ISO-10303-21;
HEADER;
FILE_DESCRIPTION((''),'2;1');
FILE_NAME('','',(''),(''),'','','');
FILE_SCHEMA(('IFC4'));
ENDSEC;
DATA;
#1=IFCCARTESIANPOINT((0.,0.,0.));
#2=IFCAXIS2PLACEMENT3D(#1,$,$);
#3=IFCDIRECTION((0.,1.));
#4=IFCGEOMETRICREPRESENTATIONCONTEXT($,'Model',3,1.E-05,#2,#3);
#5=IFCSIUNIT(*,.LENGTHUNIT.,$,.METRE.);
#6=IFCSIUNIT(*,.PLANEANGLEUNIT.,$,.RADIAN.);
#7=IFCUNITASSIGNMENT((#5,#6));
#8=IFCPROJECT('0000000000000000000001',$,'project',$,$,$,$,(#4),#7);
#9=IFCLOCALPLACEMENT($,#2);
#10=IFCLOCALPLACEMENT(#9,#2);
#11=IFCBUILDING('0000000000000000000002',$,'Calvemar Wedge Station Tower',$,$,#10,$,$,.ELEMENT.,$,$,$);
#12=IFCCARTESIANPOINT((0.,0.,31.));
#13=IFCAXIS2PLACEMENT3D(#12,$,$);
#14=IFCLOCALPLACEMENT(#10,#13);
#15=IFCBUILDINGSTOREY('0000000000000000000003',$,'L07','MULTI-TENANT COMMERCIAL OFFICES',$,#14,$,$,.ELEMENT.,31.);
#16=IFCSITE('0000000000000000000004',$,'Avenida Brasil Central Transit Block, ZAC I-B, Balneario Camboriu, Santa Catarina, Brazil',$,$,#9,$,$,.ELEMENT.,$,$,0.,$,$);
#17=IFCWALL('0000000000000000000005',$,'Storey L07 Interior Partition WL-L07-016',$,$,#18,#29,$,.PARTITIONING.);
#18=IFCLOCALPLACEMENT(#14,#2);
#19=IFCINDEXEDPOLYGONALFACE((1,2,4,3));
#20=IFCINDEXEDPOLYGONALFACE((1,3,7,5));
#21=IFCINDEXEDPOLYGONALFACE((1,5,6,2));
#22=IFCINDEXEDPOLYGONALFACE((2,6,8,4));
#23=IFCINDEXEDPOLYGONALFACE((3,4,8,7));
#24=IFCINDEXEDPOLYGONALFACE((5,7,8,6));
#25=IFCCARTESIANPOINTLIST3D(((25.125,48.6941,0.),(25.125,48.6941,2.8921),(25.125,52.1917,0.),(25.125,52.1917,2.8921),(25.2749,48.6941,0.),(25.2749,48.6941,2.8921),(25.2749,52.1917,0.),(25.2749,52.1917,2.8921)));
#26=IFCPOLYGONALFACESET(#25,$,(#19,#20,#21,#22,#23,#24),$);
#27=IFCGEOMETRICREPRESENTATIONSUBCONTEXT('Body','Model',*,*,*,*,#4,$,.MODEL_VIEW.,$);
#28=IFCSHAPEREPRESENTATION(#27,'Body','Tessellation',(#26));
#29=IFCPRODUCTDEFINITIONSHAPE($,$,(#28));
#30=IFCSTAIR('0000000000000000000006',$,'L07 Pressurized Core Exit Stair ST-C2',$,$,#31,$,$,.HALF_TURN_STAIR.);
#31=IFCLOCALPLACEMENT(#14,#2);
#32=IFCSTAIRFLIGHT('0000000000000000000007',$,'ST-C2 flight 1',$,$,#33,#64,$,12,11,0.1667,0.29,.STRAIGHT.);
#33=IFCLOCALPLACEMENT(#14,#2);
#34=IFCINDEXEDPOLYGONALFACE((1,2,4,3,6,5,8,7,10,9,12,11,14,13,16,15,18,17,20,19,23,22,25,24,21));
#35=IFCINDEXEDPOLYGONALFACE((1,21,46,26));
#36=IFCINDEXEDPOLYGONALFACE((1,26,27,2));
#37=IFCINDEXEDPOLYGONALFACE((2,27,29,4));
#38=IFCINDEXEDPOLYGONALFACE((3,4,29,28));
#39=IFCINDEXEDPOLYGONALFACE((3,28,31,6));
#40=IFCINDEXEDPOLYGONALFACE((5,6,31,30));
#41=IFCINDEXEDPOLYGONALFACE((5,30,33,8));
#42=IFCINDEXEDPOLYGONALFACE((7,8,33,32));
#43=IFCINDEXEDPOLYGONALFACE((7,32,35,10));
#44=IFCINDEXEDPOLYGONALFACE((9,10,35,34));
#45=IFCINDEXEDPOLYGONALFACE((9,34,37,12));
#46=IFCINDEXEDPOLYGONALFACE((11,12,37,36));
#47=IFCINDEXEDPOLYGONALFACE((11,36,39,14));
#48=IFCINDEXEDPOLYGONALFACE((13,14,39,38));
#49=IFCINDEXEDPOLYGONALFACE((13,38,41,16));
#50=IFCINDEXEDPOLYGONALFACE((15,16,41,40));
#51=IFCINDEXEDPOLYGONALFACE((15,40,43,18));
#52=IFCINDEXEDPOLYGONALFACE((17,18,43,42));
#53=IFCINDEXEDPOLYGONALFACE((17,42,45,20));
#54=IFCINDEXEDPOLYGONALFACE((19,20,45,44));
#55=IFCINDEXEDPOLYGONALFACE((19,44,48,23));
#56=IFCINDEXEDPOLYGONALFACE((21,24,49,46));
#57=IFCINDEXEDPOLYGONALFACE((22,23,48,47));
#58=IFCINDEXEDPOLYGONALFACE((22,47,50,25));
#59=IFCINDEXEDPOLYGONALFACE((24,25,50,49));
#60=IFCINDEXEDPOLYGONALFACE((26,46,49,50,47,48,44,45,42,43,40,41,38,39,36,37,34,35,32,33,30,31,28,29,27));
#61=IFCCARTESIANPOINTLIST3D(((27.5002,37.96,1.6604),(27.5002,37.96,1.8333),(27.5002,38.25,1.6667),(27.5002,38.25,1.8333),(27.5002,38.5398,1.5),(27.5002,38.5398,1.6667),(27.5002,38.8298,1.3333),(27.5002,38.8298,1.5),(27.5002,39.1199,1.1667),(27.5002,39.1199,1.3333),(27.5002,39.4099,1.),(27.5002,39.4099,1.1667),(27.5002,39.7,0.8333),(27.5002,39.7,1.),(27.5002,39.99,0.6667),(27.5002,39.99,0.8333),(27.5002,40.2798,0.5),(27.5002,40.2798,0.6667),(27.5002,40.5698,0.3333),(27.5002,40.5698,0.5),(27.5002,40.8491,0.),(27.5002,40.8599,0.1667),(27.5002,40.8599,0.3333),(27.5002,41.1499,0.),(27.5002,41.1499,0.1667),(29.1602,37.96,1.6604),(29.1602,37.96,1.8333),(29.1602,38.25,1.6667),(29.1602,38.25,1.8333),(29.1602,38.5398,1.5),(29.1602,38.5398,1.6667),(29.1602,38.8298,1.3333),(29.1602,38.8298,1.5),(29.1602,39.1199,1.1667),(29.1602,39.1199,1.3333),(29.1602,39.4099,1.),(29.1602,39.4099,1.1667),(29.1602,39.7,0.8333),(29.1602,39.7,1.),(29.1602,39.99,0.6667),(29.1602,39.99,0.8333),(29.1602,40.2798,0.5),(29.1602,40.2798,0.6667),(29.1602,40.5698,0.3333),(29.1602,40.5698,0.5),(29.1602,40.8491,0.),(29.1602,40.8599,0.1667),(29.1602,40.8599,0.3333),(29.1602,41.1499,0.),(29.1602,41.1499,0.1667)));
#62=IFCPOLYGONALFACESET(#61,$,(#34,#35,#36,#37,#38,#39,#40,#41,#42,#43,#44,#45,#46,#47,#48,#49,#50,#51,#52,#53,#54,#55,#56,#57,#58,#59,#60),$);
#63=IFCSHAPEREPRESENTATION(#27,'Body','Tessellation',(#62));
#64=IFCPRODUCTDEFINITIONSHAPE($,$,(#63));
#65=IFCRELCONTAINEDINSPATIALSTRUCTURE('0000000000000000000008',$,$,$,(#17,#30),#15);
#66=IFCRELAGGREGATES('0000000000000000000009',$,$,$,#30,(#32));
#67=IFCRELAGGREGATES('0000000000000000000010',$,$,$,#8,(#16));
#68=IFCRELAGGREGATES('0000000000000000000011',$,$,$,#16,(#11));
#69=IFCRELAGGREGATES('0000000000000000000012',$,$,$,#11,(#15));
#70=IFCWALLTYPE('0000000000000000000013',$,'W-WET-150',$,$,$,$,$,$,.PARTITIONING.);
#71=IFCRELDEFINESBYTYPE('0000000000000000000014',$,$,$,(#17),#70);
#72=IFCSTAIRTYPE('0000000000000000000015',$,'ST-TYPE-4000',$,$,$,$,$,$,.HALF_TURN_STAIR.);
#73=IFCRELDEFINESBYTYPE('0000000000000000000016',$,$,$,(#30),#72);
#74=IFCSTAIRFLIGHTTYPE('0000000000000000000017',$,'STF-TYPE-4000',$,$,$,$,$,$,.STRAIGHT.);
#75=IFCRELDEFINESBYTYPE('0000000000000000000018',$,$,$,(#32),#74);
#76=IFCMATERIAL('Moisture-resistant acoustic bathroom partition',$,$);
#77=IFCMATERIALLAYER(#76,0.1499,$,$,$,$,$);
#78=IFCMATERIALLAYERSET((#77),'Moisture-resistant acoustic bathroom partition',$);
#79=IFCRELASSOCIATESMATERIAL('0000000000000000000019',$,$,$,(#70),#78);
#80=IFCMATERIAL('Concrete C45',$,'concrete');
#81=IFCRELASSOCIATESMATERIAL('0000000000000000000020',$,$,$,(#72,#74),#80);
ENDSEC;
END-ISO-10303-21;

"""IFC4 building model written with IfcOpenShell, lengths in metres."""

from ifc_helpers import new_model, si_unit, direction, frame, frame_2d, origin, place, context, subcontext, project, spatial, polyline, rectangle, outline, extrude, material, layer, layer_set, type_object, element, aggregate, save


model = new_model("IFC4")

# Units and contexts
model_context = context("Model", 3, precision=1e-05, world=origin(), true_north=direction((0.0, 1.0)))
body_context = subcontext(model_context, "Body", "Model", "MODEL_VIEW")
ifc_project = project(units=[si_unit("LENGTHUNIT", "METRE"), si_unit("PLANEANGLEUNIT", "RADIAN")], contexts=[model_context])

# Site, building, storey
site_placement = place(None, origin())
site = spatial("IfcSite", under=ifc_project, at=site_placement, Name="Avenida Brasil Central Transit Block, ZAC I-B, Balneario Camboriu, Santa Catarina, Brazil", CompositionType="ELEMENT", RefElevation=0.0)
building_placement = place(site_placement, origin())
building = spatial("IfcBuilding", under=site, at=building_placement, Name="Calvemar Wedge Station Tower", CompositionType="ELEMENT")
storey_placement = place(building_placement, frame((0.0, 0.0, 31.0)))
storey = spatial("IfcBuildingStorey", under=building, at=storey_placement, Name="L07", Description="MULTI-TENANT COMMERCIAL OFFICES", CompositionType="ELEMENT", Elevation=31.0)

# Wall
ifc_material_1 = material(Name="Moisture-resistant acoustic bathroom partition")
ifc_layer_1 = layer(ifc_material_1, 0.1499)
ifc_layer_set_1 = layer_set([ifc_layer_1], Name="Moisture-resistant acoustic bathroom partition")
wall_type_1 = type_object("IfcWallType", Name="W-WET-150", PredefinedType="PARTITIONING", material=ifc_layer_set_1)
wall_1_placement = place(storey_placement, frame((25.2, 52.1917, 0.0), z_axis=(0.0, 0.0, 1.0), x_axis=(0.0, -1.0, 0.0)))
element("IfcWall", 1, at=wall_1_placement, inside=storey, type_object=wall_type_1, Name="Storey L07 Interior Partition WL-L07-016", PredefinedType="PARTITIONING", context=body_context, shape_type="SweptSolid", body=[
    extrude(rectangle(XDim=3.4976, YDim=0.1499, at=frame_2d((1.7488, 0.0))), origin(), (0.0, 0.0, 1.0), 2.8921),
])

# Stair, stair flight
ifc_material_2 = material(Name="Concrete C45", Category="concrete")
stair_type = type_object("IfcStairType", Name="ST-TYPE-4000", PredefinedType="HALF_TURN_STAIR", material=ifc_material_2)
stair_placement = place(storey_placement, origin())
stair = element("IfcStair", 2, at=stair_placement, inside=storey, type_object=stair_type, Name="L07 Pressurized Core Exit Stair ST-C2", PredefinedType="HALF_TURN_STAIR")
stair_flight_type = type_object("IfcStairFlightType", Name="STF-TYPE-4000", PredefinedType="STRAIGHT", material=ifc_material_2)
stair_flight_placement = place(storey_placement, frame((28.3301, 41.1499, 0.0), z_axis=(0.0, 0.0, 1.0), x_axis=(0.0, -1.0, 0.0)))
stair_flight = element("IfcStairFlight", 3, at=stair_flight_placement, type_object=stair_flight_type, Name="ST-C2 flight 1", NumberOfRisers=12, NumberOfTreads=11, PredefinedType="STRAIGHT", RiserHeight=0.1667, TreadLength=0.29, context=body_context, shape_type="SweptSolid", body=[
    extrude(outline(polyline([(0.0, 0.0), (0.0, 0.1667), (0.29, 0.1667), (0.29, 0.3333), (0.5801, 0.3333), (0.5801, 0.5), (0.8701, 0.5), (0.8701, 0.6667), (1.1599, 0.6667), (1.1599, 0.8333), (1.45, 0.8333), (1.45, 1.0), (1.74, 1.0), (1.74, 1.1667), (2.03, 1.1667), (2.03, 1.3333), (2.3201, 1.3333), (2.3201, 1.5), (2.6101, 1.5), (2.6101, 1.6667), (2.8999, 1.6667), (2.8999, 1.8333), (3.1899, 1.8333), (3.1899, 2.0), (3.1899, 1.6604), (0.3008, 0.0), (0.0, 0.0)])), frame((0.0, 0.8301, 0.0), z_axis=(0.0, -1.0, 0.0), x_axis=(1.0, 0.0, 0.0)), (0.0, 0.0, 1.0), 1.6599),
])
aggregate(stair, [stair_flight])

save(model, "model.ifc")
